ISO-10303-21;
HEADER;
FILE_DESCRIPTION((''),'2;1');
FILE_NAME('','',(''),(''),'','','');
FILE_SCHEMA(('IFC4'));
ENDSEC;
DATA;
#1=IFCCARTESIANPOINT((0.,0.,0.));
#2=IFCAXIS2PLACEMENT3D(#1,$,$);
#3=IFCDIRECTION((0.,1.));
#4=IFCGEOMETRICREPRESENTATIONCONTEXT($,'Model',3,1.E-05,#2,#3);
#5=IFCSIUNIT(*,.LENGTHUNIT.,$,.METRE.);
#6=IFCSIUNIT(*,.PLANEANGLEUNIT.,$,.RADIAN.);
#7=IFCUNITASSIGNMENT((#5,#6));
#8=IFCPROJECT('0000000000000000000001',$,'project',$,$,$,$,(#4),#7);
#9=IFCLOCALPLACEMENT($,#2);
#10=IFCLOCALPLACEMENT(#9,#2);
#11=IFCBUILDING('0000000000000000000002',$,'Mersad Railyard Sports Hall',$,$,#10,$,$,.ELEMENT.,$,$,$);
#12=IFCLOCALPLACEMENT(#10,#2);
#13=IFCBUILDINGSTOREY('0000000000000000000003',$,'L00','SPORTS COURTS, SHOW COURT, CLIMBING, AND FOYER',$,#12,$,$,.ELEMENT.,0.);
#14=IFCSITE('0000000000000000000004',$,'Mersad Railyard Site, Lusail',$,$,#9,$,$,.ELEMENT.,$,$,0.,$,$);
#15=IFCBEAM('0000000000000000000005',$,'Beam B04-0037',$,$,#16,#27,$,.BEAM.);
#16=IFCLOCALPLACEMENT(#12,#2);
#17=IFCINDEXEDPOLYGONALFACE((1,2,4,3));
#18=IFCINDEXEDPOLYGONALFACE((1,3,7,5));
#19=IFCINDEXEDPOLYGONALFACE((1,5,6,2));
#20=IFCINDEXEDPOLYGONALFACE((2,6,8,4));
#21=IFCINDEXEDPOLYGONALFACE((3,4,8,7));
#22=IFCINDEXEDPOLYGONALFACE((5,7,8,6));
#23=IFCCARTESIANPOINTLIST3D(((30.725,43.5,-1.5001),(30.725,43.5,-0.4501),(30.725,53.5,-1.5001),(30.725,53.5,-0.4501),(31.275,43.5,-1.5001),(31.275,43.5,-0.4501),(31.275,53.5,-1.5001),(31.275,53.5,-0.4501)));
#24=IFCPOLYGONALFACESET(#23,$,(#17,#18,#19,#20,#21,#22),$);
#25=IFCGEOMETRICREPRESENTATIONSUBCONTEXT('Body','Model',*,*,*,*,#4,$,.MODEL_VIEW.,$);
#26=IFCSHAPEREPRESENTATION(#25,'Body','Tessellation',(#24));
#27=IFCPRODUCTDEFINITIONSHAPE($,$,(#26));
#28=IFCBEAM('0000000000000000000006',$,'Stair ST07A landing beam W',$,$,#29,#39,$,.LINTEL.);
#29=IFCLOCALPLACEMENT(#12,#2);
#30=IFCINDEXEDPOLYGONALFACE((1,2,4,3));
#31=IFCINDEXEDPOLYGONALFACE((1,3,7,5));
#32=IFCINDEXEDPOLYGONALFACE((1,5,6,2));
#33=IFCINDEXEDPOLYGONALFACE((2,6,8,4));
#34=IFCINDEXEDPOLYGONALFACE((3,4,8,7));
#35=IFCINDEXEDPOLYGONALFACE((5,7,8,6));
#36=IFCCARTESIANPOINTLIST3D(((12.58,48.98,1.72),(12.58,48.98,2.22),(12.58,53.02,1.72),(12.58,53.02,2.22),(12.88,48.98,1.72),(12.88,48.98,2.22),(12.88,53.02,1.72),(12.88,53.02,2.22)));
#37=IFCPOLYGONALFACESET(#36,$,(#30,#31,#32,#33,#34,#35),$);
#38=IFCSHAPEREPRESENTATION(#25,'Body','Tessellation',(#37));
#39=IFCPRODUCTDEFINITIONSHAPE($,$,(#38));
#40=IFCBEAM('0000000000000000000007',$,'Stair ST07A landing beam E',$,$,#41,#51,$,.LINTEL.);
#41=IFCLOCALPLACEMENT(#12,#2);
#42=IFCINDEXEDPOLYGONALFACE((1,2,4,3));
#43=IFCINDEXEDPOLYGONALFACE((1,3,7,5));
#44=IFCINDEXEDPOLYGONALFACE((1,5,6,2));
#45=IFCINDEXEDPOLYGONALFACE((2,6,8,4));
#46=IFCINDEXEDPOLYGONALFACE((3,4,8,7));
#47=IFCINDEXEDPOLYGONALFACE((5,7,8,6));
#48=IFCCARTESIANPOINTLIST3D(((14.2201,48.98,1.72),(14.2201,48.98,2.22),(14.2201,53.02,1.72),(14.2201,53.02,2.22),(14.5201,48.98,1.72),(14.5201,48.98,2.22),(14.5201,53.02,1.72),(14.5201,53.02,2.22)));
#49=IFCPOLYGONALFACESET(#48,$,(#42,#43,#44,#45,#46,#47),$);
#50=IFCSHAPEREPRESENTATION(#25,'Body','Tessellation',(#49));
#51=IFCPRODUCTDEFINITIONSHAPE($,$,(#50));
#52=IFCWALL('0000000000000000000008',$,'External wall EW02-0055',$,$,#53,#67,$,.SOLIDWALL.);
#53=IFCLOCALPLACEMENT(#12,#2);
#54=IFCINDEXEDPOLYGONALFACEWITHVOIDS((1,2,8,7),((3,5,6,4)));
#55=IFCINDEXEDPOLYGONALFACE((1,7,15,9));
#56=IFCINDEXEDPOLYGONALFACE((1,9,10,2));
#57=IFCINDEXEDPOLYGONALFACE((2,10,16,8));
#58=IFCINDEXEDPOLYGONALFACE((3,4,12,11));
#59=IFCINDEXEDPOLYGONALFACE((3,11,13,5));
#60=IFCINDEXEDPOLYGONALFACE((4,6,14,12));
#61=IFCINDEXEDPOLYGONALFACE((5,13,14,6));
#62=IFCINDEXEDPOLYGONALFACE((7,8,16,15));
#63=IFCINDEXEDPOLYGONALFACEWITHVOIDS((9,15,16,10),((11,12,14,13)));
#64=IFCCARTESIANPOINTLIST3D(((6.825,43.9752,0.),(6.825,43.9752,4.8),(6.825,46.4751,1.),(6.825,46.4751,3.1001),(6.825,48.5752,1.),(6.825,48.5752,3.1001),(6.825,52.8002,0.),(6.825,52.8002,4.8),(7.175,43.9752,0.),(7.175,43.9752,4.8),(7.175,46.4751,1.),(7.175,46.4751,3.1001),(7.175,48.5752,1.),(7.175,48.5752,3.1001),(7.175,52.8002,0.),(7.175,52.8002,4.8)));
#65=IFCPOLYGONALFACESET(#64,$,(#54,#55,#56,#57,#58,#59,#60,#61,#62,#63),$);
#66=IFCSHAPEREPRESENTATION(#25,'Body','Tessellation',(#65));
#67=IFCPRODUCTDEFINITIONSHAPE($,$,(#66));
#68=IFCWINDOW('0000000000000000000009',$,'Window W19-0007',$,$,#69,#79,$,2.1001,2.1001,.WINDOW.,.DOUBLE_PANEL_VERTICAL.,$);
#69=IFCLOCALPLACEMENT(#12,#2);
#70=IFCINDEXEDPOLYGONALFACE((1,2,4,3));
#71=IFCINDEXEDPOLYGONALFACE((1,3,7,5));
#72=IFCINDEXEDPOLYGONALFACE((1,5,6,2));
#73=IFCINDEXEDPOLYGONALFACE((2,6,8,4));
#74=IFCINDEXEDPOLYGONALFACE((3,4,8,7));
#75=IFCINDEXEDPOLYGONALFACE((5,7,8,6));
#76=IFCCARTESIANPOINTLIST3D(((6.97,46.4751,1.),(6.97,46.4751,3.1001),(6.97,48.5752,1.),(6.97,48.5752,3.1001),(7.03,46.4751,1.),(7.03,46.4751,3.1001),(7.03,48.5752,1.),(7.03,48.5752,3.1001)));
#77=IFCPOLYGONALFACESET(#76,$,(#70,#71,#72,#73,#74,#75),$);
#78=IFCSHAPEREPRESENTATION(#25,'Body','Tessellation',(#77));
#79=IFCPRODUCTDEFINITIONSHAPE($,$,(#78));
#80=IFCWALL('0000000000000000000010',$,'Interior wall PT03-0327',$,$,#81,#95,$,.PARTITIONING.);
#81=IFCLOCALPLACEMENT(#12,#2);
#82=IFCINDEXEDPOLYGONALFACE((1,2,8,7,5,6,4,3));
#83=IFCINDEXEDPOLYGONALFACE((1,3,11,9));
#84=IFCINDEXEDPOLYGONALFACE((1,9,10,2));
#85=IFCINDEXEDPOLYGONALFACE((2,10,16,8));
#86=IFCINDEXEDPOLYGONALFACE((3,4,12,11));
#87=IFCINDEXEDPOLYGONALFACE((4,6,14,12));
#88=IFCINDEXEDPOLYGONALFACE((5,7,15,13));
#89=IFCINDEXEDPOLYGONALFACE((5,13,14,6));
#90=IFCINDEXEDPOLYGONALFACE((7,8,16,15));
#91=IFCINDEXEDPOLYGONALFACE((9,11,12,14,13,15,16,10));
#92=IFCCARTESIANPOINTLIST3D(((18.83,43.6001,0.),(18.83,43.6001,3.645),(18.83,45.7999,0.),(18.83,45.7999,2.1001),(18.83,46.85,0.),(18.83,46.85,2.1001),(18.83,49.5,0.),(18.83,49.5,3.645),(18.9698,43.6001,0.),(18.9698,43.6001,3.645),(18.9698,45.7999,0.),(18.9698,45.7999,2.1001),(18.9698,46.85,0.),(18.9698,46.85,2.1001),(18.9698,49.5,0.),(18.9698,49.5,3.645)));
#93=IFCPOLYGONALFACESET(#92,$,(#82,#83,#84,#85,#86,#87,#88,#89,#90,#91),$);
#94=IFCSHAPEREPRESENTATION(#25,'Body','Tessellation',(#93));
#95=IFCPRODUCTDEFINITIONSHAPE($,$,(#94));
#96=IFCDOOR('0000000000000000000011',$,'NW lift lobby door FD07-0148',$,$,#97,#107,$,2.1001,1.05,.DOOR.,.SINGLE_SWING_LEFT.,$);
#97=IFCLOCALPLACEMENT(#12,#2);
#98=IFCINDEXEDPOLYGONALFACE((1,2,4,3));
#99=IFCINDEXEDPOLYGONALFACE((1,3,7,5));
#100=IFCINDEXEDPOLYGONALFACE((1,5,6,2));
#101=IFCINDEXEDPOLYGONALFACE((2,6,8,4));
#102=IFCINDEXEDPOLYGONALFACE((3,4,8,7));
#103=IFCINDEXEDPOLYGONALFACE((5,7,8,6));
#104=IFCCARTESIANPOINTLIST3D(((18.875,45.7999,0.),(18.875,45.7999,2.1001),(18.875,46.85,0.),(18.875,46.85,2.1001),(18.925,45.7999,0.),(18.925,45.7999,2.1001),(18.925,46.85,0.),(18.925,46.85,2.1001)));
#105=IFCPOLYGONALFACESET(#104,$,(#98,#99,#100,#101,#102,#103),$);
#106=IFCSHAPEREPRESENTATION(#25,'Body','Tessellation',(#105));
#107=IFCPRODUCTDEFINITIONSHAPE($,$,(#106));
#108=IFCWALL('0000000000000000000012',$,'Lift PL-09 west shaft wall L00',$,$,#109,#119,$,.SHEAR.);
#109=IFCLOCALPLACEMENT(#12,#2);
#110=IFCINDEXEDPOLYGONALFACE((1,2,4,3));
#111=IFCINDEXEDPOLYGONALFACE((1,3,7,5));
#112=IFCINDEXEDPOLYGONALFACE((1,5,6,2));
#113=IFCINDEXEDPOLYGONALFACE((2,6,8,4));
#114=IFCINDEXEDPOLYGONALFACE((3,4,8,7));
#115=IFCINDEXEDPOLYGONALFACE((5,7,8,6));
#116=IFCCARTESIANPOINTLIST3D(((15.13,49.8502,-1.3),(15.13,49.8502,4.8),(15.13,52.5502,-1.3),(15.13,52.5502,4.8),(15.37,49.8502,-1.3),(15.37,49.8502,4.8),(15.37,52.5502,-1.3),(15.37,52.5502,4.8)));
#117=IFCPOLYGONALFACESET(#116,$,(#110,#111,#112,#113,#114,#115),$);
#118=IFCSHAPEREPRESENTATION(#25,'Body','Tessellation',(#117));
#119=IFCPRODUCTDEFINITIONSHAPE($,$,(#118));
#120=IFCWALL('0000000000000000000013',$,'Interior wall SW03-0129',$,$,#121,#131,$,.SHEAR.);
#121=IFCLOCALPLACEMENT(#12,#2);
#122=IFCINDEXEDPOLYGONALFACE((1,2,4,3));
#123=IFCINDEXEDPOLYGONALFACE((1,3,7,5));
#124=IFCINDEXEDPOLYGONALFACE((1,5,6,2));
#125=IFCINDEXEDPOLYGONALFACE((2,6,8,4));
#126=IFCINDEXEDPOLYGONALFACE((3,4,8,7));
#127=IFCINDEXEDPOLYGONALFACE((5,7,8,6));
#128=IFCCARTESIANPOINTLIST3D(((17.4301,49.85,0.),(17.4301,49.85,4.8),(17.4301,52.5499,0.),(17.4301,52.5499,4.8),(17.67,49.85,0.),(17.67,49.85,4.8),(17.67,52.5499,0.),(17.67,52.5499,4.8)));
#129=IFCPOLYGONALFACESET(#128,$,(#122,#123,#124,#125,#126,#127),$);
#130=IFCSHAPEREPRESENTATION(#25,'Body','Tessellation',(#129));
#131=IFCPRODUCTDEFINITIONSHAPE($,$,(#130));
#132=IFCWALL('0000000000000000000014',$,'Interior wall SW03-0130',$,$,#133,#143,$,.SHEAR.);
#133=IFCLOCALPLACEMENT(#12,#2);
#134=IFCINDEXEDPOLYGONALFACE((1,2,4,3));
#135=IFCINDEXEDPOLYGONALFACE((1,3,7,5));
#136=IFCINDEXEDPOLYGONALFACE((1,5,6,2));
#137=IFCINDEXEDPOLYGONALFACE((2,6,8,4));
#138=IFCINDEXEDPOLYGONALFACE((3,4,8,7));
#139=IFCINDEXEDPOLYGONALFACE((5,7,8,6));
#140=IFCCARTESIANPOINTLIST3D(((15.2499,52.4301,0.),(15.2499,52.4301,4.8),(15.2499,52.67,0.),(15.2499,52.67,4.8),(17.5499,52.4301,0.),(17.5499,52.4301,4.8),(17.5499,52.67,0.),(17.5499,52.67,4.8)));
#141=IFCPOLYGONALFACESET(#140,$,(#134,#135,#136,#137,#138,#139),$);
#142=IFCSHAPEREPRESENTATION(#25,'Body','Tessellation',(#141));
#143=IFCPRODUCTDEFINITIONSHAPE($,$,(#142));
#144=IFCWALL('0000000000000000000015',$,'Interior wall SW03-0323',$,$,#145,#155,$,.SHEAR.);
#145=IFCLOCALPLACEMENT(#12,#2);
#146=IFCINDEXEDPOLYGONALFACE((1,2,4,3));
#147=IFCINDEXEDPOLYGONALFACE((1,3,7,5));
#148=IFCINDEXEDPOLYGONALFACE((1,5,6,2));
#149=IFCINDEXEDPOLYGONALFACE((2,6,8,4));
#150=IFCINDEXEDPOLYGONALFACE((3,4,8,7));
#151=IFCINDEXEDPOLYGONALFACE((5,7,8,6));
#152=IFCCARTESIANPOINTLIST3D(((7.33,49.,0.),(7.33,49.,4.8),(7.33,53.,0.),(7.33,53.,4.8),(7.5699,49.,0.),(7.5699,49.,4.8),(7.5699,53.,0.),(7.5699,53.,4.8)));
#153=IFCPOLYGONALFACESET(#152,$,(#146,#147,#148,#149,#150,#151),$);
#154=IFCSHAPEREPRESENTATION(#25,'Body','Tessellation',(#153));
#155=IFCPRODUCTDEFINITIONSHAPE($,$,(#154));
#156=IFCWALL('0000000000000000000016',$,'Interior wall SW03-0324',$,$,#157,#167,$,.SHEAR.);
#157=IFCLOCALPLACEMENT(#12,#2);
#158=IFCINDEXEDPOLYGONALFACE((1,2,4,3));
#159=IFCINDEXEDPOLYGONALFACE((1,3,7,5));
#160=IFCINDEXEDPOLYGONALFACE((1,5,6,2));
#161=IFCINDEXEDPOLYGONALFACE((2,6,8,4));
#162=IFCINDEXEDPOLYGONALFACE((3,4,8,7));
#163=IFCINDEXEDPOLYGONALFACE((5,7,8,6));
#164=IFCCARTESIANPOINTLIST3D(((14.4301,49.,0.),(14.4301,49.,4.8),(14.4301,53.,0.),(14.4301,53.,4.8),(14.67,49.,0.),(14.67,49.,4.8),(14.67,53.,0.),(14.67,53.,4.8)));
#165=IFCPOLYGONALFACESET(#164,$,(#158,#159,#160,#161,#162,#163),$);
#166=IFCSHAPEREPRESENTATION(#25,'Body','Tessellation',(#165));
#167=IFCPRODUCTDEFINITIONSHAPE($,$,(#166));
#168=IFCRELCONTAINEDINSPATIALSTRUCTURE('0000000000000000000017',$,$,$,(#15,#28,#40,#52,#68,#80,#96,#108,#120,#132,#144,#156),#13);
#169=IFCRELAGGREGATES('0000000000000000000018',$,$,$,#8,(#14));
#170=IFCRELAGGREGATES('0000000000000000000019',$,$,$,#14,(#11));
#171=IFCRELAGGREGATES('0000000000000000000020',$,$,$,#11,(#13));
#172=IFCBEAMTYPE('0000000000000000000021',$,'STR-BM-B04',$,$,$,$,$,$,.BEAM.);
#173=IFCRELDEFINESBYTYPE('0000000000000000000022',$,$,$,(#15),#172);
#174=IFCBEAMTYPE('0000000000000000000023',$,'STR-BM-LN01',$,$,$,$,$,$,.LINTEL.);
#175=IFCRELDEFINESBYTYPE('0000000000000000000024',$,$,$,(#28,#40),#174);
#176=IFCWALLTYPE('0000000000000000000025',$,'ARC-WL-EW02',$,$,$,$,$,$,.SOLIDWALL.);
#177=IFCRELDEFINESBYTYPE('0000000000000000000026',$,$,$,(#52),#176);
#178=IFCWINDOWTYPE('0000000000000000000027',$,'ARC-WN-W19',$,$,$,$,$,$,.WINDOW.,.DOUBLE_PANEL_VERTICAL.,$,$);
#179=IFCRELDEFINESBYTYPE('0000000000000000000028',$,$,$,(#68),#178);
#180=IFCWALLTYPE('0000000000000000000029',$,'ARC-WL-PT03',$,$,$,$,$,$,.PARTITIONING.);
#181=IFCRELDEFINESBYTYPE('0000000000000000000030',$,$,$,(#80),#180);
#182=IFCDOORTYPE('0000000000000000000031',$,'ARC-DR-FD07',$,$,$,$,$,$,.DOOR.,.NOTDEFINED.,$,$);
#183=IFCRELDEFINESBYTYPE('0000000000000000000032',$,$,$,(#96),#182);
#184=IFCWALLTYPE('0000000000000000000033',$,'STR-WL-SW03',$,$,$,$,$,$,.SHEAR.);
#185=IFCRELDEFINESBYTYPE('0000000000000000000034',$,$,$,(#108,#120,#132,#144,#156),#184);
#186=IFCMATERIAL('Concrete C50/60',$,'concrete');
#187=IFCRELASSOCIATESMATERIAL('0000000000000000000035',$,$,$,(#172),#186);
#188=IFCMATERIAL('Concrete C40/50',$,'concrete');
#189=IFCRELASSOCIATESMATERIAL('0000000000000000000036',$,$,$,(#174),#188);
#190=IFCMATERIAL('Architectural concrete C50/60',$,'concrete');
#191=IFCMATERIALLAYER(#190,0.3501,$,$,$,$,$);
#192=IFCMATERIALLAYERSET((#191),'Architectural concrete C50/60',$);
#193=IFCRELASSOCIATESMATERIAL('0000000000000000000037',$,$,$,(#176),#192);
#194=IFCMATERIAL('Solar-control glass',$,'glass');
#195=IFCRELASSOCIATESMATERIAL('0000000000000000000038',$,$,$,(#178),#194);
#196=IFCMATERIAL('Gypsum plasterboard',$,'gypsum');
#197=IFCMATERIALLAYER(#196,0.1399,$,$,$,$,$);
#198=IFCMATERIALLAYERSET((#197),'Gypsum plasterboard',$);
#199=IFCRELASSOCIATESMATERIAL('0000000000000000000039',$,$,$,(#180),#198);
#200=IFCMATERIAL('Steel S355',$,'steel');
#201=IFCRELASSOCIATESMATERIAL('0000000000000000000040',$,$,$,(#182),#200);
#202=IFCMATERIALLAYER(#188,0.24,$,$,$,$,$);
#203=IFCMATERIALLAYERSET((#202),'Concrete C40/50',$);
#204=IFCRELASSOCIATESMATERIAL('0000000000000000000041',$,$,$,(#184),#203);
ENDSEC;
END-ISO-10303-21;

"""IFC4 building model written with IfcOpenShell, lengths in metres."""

from ifc_helpers import new_model, si_unit, direction, frame, frame_2d, origin, origin_2d, place, context, subcontext, project, spatial, rectangle, extrude, material, layer, layer_set, material_profile, profile_set, type_object, element, fill, save


model = new_model("IFC4")

# Units and contexts
model_context = context("Model", 3, precision=1e-05, world=origin(), true_north=direction((0.0, 1.0)))
body_context = subcontext(model_context, "Body", "Model", "MODEL_VIEW")
ifc_project = project(units=[si_unit("LENGTHUNIT", "METRE"), si_unit("PLANEANGLEUNIT", "RADIAN")], contexts=[model_context])

# Site, building, storey
site_placement = place(None, origin())
site = spatial("IfcSite", under=ifc_project, at=site_placement, Name="Mersad Railyard Site, Lusail", CompositionType="ELEMENT", RefElevation=0.0)
building_placement = place(site_placement, origin())
building = spatial("IfcBuilding", under=site, at=building_placement, Name="Mersad Railyard Sports Hall", CompositionType="ELEMENT")
storey_placement = place(building_placement, origin())
storey = spatial("IfcBuildingStorey", under=building, at=storey_placement, Name="L00", Description="SPORTS COURTS, SHOW COURT, CLIMBING, AND FOYER", CompositionType="ELEMENT", Elevation=0.0)

# Beams
ifc_material_1 = material(Name="Concrete C50/60", Category="concrete")
ifc_material_profile_1 = material_profile(ifc_material_1, rectangle(XDim=0.55, YDim=1.05, at=origin_2d()), Name="RC 550x1050")
ifc_profile_set_1 = profile_set([ifc_material_profile_1], Name="Concrete C50/60")
beam_type_1 = type_object("IfcBeamType", Name="STR-BM-B04", PredefinedType="BEAM", material=ifc_profile_set_1)
beam_placement = place(storey_placement, frame((31.0, 43.5, -0.9751), z_axis=(0.0, 1.0, 0.0), x_axis=(-1.0, 0.0, 0.0)))
element("IfcBeam", 1, at=beam_placement, inside=storey, type_object=beam_type_1, Name="Beam B04-0037", PredefinedType="BEAM", context=body_context, shape_type="SweptSolid", body=[
    extrude(rectangle(XDim=0.55, YDim=1.05, at=origin_2d()), origin(), (0.0, 0.0, 1.0), 10.0),
])
ifc_material_2 = material(Name="Concrete C40/50", Category="concrete")
ifc_material_profile_2 = material_profile(ifc_material_2, rectangle(XDim=0.3, YDim=0.5, at=origin_2d()), Name="RC 300x500")
ifc_profile_set_2 = profile_set([ifc_material_profile_2], Name="Concrete C40/50")
beam_type_2 = type_object("IfcBeamType", Name="STR-BM-LN01", PredefinedType="LINTEL", material=ifc_profile_set_2)
for number, where, z_axis, x_axis, name in (
    (2, (12.73, 48.98, 1.97), (0.0, 1.0, 0.0), (-1.0, 0.0, 0.0), "Stair ST07A landing beam W"),
    (3, (14.3701, 48.98, 1.97), (0.0, 1.0, 0.0), (-1.0, 0.0, 0.0), "Stair ST07A landing beam E"),
):
    element("IfcBeam", number, at=place(storey_placement, frame(where, z_axis=z_axis, x_axis=x_axis)), inside=storey, type_object=beam_type_2, Name=name, PredefinedType="LINTEL", context=body_context, shape_type="SweptSolid", body=[
        extrude(rectangle(XDim=0.3, YDim=0.5, at=origin_2d()), origin(), (0.0, 0.0, 1.0), 4.04),
    ])

# Wall, opening, window
ifc_material_3 = material(Name="Architectural concrete C50/60", Category="concrete")
ifc_layer_1 = layer(ifc_material_3, 0.3501)
ifc_layer_set_1 = layer_set([ifc_layer_1], Name="Architectural concrete C50/60")
wall_type_1 = type_object("IfcWallType", Name="ARC-WL-EW02", PredefinedType="SOLIDWALL", material=ifc_layer_set_1)
wall_1_placement = place(storey_placement, frame((7.0, 43.9751, 0.0), z_axis=(0.0, 0.0, 1.0), x_axis=(0.0, 1.0, 0.0)))
wall_1 = element("IfcWall", 4, at=wall_1_placement, inside=storey, type_object=wall_type_1, Name="External wall EW02-0055", PredefinedType="SOLIDWALL", context=body_context, shape_type="SweptSolid", body=[
    extrude(rectangle(XDim=8.825, YDim=0.3501, at=frame_2d((4.4126, 0.0))), origin(), (0.0, 0.0, 1.0), 4.8),
])
opening_1_placement = place(wall_1_placement, frame((2.5, 0.0, 1.0)))
opening_1 = element("IfcOpeningElement", 5, at=opening_1_placement, cuts=wall_1, PredefinedType="OPENING", context=body_context, shape_type="SweptSolid", body=[
    extrude(rectangle(XDim=2.1001, YDim=2.1001, at=frame_2d((1.05, 1.05))), frame((0.0, 0.1851, 0.0), z_axis=(0.0, -1.0, 0.0), x_axis=(1.0, 0.0, 0.0)), (0.0, 0.0, 1.0), 0.3701),
])
ifc_material_4 = material(Name="Solar-control glass", Category="glass")
window_type = type_object("IfcWindowType", Name="ARC-WN-W19", PartitioningType="DOUBLE_PANEL_VERTICAL", PredefinedType="WINDOW", material=ifc_material_4)
window_placement = place(opening_1_placement, origin())
window = element("IfcWindow", 6, at=window_placement, inside=storey, type_object=window_type, Name="Window W19-0007", OverallHeight=2.1001, OverallWidth=2.1001, PartitioningType="DOUBLE_PANEL_VERTICAL", PredefinedType="WINDOW", context=body_context, shape_type="SweptSolid", body=[
    extrude(rectangle(XDim=2.1001, YDim=2.1001, at=frame_2d((1.05, 1.05))), frame((0.0, 0.03, 0.0), z_axis=(0.0, -1.0, 0.0), x_axis=(1.0, 0.0, 0.0)), (0.0, 0.0, 1.0), 0.0601),
])
fill(opening_1, window)

# Wall, opening, door
ifc_material_5 = material(Name="Gypsum plasterboard", Category="gypsum")
ifc_layer_2 = layer(ifc_material_5, 0.1399)
ifc_layer_set_2 = layer_set([ifc_layer_2], Name="Gypsum plasterboard")
wall_type_2 = type_object("IfcWallType", Name="ARC-WL-PT03", PredefinedType="PARTITIONING", material=ifc_layer_set_2)
wall_2_placement = place(storey_placement, frame((18.8999, 43.6001, 0.0), z_axis=(0.0, 0.0, 1.0), x_axis=(0.0, 1.0, 0.0)))
wall_2 = element("IfcWall", 7, at=wall_2_placement, inside=storey, type_object=wall_type_2, Name="Interior wall PT03-0327", PredefinedType="PARTITIONING", context=body_context, shape_type="SweptSolid", body=[
    extrude(rectangle(XDim=5.8999, YDim=0.1399, at=frame_2d((2.95, 0.0))), origin(), (0.0, 0.0, 1.0), 3.645),
])
opening_2_placement = place(wall_2_placement, frame((2.2, 0.0, 0.0)))
opening_2 = element("IfcOpeningElement", 8, at=opening_2_placement, cuts=wall_2, PredefinedType="OPENING", context=body_context, shape_type="SweptSolid", body=[
    extrude(rectangle(XDim=1.05, YDim=2.1001, at=frame_2d((0.5249, 1.05))), frame((0.0, 0.0798, 0.0), z_axis=(0.0, -1.0, 0.0), x_axis=(1.0, 0.0, 0.0)), (0.0, 0.0, 1.0), 0.1599),
])
ifc_material_6 = material(Name="Steel S355", Category="steel")
door_type_1 = type_object("IfcDoorType", Name="ARC-DR-FD07", OperationType="NOTDEFINED", PredefinedType="DOOR", material=ifc_material_6)
door_1_placement = place(opening_2_placement, origin())
door_1 = element("IfcDoor", 9, at=door_1_placement, inside=storey, type_object=door_type_1, Name="NW lift lobby door FD07-0148", OperationType="SINGLE_SWING_LEFT", OverallHeight=2.1001, OverallWidth=1.05, PredefinedType="DOOR", context=body_context, shape_type="SweptSolid", body=[
    extrude(rectangle(XDim=1.05, YDim=2.1001, at=frame_2d((0.5249, 1.05))), frame((0.0, 0.0249, 0.0), z_axis=(0.0, -1.0, 0.0), x_axis=(1.0, 0.0, 0.0)), (0.0, 0.0, 1.0), 0.05),
])
fill(opening_2, door_1)

# Walls
ifc_layer_3 = layer(ifc_material_2, 0.24)
ifc_layer_set_3 = layer_set([ifc_layer_3], Name="Concrete C40/50")
wall_type_3 = type_object("IfcWallType", Name="STR-WL-SW03", PredefinedType="SHEAR", material=ifc_layer_set_3)
wall_3_placement = place(storey_placement, frame((15.25, 49.8501, -1.3), z_axis=(0.0, 0.0, 1.0), x_axis=(0.0, 1.0, 0.0)))
element("IfcWall", 10, at=wall_3_placement, inside=storey, type_object=wall_type_3, Name="Lift PL-09 west shaft wall L00", PredefinedType="SHEAR", context=body_context, shape_type="SweptSolid", body=[
    extrude(rectangle(XDim=2.7, YDim=0.24, at=frame_2d((1.3501, 0.0))), origin(), (0.0, 0.0, 1.0), 6.1001),
])
wall_4_placement = place(storey_placement, frame((17.55, 52.55, 0.0), z_axis=(0.0, 0.0, 1.0), x_axis=(0.0, -1.0, 0.0)))
element("IfcWall", 11, at=wall_4_placement, inside=storey, type_object=wall_type_3, Name="Interior wall SW03-0129", PredefinedType="SHEAR", context=body_context, shape_type="SweptSolid", body=[
    extrude(rectangle(XDim=2.7, YDim=0.24, at=frame_2d((1.3501, 0.0))), origin(), (0.0, 0.0, 1.0), 4.8),
])
wall_5_placement = place(storey_placement, frame((15.25, 52.55, 0.0), z_axis=(0.0, 0.0, 1.0), x_axis=(1.0, 0.0, 0.0)))
element("IfcWall", 12, at=wall_5_placement, inside=storey, type_object=wall_type_3, Name="Interior wall SW03-0130", PredefinedType="SHEAR", context=body_context, shape_type="SweptSolid", body=[
    extrude(rectangle(XDim=2.3, YDim=0.24, at=frame_2d((1.1499, 0.0))), origin(), (0.0, 0.0, 1.0), 4.8),
])

# Walls
for number, where, z_axis, x_axis, name in (
    (13, (7.45, 49.0, 0.0), (0.0, 0.0, 1.0), (0.0, 1.0, 0.0), "Interior wall SW03-0323"),
    (14, (14.55, 49.0, 0.0), (0.0, 0.0, 1.0), (0.0, 1.0, 0.0), "Interior wall SW03-0324"),
):
    element("IfcWall", number, at=place(storey_placement, frame(where, z_axis=z_axis, x_axis=x_axis)), inside=storey, type_object=wall_type_3, Name=name, PredefinedType="SHEAR", context=body_context, shape_type="SweptSolid", body=[
        extrude(rectangle(XDim=4.0, YDim=0.24, at=frame_2d((2.0, 0.0))), origin(), (0.0, 0.0, 1.0), 4.8),
    ])

save(model, "model.ifc")
